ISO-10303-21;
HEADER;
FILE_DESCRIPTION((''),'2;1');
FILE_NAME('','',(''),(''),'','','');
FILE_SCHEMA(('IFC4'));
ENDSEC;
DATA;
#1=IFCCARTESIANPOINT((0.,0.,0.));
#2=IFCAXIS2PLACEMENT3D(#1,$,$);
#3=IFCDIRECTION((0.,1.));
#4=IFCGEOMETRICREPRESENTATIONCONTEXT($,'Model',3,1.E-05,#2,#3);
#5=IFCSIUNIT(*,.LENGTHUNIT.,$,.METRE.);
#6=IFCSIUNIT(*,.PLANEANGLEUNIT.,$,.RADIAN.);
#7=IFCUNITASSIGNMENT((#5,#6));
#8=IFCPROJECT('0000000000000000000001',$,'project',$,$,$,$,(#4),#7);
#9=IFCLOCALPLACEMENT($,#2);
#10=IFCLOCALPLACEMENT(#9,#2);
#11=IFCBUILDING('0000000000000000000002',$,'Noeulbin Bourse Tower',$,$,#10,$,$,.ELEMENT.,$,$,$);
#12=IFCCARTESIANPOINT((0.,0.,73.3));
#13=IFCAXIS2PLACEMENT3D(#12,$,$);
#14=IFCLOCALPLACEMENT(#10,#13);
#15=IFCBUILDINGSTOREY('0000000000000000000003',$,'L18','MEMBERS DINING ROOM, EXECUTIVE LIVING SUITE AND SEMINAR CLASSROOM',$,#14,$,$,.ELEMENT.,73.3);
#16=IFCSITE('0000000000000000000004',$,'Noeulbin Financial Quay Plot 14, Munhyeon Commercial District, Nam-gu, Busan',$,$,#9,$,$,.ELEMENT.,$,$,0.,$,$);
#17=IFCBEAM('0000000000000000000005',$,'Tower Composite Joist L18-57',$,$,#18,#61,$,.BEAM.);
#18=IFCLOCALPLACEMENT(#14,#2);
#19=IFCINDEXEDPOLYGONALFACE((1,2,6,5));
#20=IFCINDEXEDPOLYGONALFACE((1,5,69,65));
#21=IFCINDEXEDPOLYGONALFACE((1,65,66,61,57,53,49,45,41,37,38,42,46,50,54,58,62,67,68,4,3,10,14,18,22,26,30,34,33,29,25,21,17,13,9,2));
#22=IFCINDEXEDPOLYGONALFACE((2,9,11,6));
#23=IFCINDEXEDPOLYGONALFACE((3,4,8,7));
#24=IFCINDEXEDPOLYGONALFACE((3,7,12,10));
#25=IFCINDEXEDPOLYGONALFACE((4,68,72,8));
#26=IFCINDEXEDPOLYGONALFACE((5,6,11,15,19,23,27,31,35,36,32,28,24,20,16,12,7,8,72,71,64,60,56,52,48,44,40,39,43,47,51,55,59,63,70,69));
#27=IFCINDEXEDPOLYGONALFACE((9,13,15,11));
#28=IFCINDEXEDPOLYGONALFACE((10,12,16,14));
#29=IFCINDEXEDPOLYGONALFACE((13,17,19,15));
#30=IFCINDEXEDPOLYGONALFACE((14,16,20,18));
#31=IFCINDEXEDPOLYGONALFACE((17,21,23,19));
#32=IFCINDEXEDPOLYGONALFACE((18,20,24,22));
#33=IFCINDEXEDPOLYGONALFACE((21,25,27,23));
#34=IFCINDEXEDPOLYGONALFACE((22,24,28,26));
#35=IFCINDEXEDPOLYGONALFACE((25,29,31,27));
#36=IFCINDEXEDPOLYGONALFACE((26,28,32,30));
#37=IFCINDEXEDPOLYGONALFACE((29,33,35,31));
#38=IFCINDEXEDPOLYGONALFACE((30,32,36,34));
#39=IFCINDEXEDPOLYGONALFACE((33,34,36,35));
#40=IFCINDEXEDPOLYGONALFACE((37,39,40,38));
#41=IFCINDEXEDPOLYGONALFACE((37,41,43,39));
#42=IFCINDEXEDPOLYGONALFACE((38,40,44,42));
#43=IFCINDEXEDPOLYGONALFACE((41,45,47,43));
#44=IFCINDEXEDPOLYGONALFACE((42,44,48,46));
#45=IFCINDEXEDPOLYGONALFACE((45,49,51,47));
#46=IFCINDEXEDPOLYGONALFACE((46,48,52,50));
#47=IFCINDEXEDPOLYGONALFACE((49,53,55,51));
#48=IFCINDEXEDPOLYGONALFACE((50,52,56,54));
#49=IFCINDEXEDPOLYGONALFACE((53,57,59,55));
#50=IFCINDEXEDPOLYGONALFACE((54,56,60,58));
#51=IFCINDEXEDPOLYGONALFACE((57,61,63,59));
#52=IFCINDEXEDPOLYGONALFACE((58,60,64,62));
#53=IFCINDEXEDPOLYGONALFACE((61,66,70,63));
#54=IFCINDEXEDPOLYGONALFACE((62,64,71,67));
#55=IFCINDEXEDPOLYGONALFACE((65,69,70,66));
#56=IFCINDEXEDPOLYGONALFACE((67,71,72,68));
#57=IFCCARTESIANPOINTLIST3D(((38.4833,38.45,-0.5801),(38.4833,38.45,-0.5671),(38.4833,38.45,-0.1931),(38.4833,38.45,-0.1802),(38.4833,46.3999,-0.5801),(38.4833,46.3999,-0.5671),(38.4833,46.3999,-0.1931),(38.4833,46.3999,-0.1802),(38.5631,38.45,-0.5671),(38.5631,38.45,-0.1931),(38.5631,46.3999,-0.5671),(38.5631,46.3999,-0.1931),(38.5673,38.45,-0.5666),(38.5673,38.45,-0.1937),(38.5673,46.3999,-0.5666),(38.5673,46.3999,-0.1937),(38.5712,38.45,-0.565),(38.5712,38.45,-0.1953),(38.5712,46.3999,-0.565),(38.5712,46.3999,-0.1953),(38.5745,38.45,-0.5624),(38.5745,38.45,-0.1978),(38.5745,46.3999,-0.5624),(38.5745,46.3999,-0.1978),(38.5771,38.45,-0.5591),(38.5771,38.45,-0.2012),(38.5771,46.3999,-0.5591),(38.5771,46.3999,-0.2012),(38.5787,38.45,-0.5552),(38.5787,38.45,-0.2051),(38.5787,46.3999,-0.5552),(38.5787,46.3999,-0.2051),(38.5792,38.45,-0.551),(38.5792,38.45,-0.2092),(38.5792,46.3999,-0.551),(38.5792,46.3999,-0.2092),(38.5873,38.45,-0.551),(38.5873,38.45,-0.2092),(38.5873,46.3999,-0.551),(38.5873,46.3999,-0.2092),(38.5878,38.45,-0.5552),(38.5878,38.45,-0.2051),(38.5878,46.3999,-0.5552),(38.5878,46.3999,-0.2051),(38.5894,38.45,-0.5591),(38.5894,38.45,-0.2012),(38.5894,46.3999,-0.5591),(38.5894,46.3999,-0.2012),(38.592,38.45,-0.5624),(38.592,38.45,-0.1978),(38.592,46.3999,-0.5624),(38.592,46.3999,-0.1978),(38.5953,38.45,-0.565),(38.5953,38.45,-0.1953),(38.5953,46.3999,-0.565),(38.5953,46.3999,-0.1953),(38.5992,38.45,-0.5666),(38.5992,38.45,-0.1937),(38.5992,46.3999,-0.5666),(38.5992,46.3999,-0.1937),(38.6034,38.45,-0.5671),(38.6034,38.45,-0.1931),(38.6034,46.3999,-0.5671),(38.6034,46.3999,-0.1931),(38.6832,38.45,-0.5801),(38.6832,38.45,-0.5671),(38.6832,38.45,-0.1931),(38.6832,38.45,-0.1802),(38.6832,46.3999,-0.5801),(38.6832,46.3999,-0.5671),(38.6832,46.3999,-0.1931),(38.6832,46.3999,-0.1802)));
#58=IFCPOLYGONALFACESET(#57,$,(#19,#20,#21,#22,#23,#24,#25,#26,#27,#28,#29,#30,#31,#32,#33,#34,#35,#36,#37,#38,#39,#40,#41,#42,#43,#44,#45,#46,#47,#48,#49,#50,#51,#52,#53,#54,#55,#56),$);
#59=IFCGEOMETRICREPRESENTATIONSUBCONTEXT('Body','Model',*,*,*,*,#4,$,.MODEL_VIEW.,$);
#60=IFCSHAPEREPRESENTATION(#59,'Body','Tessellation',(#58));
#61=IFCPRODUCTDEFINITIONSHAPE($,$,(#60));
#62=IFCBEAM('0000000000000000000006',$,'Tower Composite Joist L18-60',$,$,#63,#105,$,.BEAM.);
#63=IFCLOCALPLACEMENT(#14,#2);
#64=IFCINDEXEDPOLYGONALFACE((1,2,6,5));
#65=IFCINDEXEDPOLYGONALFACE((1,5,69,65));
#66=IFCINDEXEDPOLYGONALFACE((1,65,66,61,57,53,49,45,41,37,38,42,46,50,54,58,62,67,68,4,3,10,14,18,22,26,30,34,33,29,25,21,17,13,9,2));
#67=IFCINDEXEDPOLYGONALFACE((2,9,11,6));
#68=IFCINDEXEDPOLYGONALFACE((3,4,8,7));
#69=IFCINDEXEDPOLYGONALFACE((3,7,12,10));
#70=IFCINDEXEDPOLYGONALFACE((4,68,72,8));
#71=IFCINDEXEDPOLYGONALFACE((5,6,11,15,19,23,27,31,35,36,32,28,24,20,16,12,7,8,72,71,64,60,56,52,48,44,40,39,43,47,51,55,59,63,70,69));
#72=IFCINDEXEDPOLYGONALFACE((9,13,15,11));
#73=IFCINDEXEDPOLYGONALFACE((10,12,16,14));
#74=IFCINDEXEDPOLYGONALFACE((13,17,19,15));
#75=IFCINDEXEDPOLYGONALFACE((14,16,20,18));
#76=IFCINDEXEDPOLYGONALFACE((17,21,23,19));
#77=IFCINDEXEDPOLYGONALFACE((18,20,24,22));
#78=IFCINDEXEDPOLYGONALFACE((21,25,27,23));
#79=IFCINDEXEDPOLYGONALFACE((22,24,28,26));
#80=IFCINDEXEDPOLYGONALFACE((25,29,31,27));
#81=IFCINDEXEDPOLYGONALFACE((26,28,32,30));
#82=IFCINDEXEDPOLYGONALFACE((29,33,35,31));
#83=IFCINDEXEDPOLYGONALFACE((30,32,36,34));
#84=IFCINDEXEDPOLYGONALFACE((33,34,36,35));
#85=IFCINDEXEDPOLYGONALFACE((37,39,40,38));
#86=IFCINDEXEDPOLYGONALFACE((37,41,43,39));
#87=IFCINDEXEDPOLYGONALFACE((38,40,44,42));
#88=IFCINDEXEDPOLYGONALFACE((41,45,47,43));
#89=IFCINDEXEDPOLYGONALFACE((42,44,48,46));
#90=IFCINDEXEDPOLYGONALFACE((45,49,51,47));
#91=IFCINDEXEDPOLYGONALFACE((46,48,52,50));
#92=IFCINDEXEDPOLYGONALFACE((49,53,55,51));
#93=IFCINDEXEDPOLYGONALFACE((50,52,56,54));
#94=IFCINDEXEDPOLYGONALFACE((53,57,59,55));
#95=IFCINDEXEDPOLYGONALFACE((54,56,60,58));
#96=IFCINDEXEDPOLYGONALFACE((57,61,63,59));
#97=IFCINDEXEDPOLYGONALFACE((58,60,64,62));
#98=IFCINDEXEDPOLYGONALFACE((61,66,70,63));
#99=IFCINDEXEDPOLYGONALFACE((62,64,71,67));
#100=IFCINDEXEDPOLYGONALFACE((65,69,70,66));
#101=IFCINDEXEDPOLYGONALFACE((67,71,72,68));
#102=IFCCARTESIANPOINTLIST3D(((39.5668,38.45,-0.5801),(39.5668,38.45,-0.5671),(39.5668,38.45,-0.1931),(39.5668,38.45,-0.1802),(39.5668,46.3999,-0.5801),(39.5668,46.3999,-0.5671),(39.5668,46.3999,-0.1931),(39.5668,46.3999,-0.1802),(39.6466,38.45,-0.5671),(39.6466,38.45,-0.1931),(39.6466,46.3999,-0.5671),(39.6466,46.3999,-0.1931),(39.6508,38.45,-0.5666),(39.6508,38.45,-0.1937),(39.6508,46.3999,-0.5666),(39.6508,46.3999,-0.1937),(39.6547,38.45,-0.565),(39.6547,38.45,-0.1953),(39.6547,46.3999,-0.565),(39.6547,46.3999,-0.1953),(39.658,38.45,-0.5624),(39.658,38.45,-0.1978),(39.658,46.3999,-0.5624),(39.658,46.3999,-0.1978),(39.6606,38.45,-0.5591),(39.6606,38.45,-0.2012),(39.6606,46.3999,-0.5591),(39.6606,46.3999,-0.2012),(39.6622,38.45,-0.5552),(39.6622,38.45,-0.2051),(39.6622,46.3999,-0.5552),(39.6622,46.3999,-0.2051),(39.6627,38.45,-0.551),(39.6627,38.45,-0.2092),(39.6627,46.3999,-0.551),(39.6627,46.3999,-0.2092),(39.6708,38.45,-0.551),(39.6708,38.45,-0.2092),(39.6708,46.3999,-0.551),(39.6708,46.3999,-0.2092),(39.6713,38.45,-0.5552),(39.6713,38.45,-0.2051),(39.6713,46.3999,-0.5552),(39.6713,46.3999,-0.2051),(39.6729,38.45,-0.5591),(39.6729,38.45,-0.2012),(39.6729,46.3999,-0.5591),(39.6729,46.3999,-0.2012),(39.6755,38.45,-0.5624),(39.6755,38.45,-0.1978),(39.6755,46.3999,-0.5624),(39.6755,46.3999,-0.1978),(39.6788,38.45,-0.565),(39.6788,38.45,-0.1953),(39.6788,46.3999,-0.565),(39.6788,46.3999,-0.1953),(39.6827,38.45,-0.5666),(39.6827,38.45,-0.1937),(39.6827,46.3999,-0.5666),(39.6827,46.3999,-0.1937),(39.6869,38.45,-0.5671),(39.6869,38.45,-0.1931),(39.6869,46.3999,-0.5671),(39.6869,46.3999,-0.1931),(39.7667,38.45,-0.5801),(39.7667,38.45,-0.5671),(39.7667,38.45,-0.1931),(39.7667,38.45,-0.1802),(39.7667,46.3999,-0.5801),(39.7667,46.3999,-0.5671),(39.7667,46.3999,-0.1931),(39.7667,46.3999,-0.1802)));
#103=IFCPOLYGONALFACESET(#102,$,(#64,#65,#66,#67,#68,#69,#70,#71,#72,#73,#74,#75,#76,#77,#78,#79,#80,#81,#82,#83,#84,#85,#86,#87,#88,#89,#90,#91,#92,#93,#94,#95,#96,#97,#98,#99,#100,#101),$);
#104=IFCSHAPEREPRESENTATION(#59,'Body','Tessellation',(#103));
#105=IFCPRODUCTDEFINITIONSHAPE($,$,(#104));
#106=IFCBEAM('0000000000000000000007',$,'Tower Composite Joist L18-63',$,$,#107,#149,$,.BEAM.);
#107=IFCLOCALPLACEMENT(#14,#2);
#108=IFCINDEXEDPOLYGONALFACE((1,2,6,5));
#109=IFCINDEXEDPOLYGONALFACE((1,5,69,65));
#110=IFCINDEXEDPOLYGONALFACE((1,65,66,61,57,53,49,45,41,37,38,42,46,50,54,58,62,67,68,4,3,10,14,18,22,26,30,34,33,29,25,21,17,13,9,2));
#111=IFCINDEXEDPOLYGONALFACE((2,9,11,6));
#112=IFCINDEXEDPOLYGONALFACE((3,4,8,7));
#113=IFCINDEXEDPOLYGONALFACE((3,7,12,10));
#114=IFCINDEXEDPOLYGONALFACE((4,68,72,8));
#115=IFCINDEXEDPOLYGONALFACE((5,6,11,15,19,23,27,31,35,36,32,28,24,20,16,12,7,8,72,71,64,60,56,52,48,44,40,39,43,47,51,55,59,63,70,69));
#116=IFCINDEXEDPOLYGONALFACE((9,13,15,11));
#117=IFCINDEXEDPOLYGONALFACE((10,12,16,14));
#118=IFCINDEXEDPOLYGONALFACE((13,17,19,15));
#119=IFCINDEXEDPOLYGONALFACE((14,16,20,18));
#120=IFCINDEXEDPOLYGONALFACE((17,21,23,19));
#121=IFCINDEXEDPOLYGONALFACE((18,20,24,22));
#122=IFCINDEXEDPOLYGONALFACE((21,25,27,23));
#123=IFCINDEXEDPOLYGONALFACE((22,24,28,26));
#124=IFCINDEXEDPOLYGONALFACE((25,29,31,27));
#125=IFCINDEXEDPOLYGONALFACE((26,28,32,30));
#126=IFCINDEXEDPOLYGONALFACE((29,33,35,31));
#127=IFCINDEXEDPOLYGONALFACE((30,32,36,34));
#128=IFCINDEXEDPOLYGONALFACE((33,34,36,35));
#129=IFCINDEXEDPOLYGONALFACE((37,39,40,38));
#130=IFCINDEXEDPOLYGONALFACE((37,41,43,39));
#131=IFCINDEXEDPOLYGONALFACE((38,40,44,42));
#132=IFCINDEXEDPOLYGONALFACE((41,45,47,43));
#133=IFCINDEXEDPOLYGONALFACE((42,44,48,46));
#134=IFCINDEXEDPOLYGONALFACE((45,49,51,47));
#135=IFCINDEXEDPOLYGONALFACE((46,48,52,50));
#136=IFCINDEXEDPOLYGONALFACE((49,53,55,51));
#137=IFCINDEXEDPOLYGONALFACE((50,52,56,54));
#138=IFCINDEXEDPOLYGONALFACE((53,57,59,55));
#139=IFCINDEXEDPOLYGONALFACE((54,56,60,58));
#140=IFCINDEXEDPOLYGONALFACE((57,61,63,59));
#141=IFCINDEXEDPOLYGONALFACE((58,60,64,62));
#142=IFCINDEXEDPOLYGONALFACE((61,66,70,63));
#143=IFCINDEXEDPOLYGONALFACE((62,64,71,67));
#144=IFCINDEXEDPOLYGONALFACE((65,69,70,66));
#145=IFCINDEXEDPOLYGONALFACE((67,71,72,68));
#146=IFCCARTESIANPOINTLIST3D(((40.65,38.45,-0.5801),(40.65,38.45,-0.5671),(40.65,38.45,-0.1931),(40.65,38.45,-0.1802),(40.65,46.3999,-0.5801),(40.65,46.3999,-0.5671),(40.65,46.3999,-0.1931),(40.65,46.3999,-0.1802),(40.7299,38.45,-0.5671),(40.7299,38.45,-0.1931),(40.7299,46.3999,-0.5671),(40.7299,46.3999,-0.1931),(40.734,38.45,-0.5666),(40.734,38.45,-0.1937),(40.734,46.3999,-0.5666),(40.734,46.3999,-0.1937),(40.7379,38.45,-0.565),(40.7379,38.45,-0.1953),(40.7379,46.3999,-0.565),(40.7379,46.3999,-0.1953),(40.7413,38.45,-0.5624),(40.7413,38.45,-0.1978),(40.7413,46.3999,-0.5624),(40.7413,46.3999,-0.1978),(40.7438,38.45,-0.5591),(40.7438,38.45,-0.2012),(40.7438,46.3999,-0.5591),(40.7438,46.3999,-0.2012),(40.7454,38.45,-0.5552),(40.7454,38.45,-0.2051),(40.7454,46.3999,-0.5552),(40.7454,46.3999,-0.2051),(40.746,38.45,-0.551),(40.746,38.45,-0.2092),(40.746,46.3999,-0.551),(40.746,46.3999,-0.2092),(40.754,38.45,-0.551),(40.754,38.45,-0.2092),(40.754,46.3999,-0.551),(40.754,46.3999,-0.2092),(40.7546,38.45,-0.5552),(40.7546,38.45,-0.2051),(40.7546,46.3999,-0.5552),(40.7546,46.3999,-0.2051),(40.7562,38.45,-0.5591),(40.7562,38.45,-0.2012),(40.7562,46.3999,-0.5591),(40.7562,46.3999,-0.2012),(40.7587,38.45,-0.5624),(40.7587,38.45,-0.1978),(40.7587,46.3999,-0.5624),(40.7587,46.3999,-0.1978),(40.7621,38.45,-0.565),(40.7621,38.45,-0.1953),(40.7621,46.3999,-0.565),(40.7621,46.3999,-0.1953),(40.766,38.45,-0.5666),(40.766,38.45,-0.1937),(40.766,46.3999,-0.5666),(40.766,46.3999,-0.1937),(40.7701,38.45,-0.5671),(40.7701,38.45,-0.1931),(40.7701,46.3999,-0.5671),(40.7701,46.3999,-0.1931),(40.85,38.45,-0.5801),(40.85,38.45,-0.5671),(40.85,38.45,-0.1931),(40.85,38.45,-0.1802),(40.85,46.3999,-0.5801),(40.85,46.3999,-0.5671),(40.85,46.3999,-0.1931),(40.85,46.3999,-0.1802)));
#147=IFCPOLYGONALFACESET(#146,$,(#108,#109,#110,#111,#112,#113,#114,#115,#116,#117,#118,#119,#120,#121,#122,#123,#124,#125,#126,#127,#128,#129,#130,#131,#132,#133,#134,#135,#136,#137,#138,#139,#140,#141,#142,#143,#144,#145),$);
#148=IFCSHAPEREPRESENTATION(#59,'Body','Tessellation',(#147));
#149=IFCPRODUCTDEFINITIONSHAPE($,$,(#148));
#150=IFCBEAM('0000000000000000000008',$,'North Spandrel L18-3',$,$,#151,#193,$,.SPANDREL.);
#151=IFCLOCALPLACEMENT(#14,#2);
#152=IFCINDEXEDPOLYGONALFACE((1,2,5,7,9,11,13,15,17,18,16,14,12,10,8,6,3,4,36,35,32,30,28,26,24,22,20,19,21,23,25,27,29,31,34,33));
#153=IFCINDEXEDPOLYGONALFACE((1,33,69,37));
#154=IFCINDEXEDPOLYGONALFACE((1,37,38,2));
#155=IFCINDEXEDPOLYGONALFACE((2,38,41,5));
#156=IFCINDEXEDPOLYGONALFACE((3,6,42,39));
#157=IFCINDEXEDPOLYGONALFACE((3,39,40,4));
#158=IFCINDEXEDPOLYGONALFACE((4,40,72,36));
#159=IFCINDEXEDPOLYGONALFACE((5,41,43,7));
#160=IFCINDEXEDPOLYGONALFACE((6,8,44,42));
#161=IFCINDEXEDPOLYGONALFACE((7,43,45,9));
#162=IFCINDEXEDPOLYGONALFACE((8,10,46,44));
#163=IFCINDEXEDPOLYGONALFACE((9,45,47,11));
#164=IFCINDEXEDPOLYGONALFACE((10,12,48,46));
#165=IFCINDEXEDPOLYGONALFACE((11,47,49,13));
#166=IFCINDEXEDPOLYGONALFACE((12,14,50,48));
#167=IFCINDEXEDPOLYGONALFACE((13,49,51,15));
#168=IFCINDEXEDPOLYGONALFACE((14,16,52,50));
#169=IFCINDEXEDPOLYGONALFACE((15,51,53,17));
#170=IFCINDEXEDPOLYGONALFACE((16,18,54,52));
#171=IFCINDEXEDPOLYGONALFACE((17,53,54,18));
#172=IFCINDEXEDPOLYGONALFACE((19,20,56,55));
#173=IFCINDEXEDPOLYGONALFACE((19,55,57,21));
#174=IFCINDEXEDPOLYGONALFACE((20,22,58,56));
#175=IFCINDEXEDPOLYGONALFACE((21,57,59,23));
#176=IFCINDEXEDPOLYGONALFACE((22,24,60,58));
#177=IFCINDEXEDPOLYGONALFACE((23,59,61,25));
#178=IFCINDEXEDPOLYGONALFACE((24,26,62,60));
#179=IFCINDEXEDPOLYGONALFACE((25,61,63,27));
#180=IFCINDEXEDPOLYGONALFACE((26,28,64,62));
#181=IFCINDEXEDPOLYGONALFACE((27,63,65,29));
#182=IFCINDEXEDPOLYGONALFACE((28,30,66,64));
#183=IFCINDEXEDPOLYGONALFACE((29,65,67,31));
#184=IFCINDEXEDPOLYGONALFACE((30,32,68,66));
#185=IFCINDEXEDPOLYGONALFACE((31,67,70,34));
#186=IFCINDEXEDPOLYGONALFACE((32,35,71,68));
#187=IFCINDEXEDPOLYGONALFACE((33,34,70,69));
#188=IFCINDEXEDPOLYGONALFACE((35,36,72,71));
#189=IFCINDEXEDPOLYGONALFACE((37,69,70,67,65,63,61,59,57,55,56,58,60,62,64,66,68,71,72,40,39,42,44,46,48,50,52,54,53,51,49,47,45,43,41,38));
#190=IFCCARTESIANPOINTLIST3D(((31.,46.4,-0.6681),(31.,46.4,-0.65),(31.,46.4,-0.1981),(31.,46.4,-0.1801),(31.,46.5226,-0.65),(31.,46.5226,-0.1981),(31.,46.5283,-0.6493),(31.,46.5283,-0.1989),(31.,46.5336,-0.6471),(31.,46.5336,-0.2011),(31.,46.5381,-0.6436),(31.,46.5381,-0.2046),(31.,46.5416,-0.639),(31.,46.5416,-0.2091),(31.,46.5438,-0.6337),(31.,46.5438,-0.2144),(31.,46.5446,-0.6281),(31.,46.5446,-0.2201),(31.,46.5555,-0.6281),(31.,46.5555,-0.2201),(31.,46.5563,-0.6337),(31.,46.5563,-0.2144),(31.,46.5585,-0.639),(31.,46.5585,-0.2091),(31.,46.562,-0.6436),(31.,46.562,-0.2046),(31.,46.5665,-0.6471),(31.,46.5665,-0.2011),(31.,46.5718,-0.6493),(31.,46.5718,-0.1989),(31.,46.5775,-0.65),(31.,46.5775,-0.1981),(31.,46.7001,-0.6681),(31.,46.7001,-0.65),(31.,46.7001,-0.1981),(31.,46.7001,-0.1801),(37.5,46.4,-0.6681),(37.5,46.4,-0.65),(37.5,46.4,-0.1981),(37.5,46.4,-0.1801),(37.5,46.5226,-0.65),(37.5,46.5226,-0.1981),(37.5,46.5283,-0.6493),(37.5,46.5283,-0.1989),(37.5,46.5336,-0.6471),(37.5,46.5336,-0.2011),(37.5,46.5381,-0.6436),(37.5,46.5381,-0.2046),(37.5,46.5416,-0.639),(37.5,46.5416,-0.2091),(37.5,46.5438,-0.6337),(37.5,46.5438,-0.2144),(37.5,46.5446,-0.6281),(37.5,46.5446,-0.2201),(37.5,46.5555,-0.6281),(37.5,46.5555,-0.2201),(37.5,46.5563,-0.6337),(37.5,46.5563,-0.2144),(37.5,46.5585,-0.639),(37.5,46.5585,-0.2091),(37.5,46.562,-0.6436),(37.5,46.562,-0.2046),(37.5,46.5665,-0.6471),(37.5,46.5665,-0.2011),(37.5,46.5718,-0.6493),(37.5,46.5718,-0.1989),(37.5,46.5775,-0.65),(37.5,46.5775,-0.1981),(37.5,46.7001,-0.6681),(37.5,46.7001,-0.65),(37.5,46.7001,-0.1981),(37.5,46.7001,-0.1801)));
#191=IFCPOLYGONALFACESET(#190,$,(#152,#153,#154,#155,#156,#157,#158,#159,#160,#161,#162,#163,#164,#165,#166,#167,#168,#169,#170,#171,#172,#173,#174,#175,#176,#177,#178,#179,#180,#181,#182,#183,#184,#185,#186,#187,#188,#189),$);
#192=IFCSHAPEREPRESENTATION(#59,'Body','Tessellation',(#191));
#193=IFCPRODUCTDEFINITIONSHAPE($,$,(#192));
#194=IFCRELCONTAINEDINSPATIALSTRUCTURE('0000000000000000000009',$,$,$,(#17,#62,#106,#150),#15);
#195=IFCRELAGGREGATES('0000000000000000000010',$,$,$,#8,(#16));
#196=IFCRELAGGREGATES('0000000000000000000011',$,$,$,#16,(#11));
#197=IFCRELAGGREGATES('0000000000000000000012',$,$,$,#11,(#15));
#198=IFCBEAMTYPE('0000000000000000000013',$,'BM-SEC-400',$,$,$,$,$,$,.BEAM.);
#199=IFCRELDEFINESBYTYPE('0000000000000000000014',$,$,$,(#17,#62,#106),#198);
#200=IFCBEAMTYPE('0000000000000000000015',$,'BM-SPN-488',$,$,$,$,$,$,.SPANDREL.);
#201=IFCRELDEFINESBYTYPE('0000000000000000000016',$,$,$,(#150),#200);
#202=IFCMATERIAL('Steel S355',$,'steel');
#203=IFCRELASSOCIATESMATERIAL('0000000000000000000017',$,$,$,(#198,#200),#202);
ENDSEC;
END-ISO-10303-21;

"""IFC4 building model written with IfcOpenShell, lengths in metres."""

from ifc_helpers import new_model, si_unit, direction, frame, origin, origin_2d, place, context, subcontext, project, spatial, i_section, extrude, material, material_profile, profile_set, type_object, element, save


model = new_model("IFC4")

# Units and contexts
model_context = context("Model", 3, precision=1e-05, world=origin(), true_north=direction((0.0, 1.0)))
body_context = subcontext(model_context, "Body", "Model", "MODEL_VIEW")
ifc_project = project(units=[si_unit("LENGTHUNIT", "METRE"), si_unit("PLANEANGLEUNIT", "RADIAN")], contexts=[model_context])

# Site, building, storey
site_placement = place(None, origin())
site = spatial("IfcSite", under=ifc_project, at=site_placement, Name="Noeulbin Financial Quay Plot 14, Munhyeon Commercial District, Nam-gu, Busan", CompositionType="ELEMENT", RefElevation=0.0)
building_placement = place(site_placement, origin())
building = spatial("IfcBuilding", under=site, at=building_placement, Name="Noeulbin Bourse Tower", CompositionType="ELEMENT")
storey_placement = place(building_placement, frame((0.0, 0.0, 73.3)))
storey = spatial("IfcBuildingStorey", under=building, at=storey_placement, Name="L18", Description="MEMBERS DINING ROOM, EXECUTIVE LIVING SUITE AND SEMINAR CLASSROOM", CompositionType="ELEMENT", Elevation=73.3)

# Beams
ifc_material_1 = material(Name="Steel S355", Category="steel")
ifc_material_profile_1 = material_profile(ifc_material_1, i_section(OverallWidth=0.2, OverallDepth=0.3999, WebThickness=0.0081, FlangeThickness=0.0129, FilletRadius=0.0161, at=origin_2d()), Name="H-400x200x8x13", Category="LoadBearing")
ifc_profile_set_1 = profile_set([ifc_material_profile_1], Name="Steel S355")
beam_type_1 = type_object("IfcBeamType", Name="BM-SEC-400", PredefinedType="BEAM", material=ifc_profile_set_1)
for number, where, z_axis, x_axis, name in (
    (1, (38.5833, 38.45, -0.3801), (0.0, 1.0, 0.0), (-1.0, 0.0, 0.0), "Tower Composite Joist L18-57"),
    (2, (39.6667, 38.45, -0.3801), (0.0, 1.0, 0.0), (-1.0, 0.0, 0.0), "Tower Composite Joist L18-60"),
    (3, (40.75, 38.45, -0.3801), (0.0, 1.0, 0.0), (-1.0, 0.0, 0.0), "Tower Composite Joist L18-63"),
):
    element("IfcBeam", number, at=place(storey_placement, frame(where, z_axis=z_axis, x_axis=x_axis)), inside=storey, type_object=beam_type_1, Name=name, PredefinedType="BEAM", context=body_context, shape_type="SweptSolid", body=[
        extrude(i_section(OverallWidth=0.2, OverallDepth=0.3999, WebThickness=0.0081, FlangeThickness=0.0129, FilletRadius=0.0161, at=origin_2d()), origin(), (0.0, 0.0, 1.0), 7.95),
    ])
ifc_material_profile_2 = material_profile(ifc_material_1, i_section(OverallWidth=0.3, OverallDepth=0.488, WebThickness=0.011, FlangeThickness=0.0181, FilletRadius=0.022, at=origin_2d()), Name="H-488x300x11x18", Category="LoadBearing")
ifc_profile_set_2 = profile_set([ifc_material_profile_2], Name="Steel S355")
beam_type_2 = type_object("IfcBeamType", Name="BM-SPN-488", PredefinedType="SPANDREL", material=ifc_profile_set_2)
for number, where, z_axis, x_axis, name in (
    (4, (31.0, 46.55, -0.4241), (1.0, 0.0, 0.0), (0.0, 1.0, 0.0), "North Spandrel L18-3"),
):
    element("IfcBeam", number, at=place(storey_placement, frame(where, z_axis=z_axis, x_axis=x_axis)), inside=storey, type_object=beam_type_2, Name=name, PredefinedType="SPANDREL", context=body_context, shape_type="SweptSolid", body=[
        extrude(i_section(OverallWidth=0.3, OverallDepth=0.488, WebThickness=0.011, FlangeThickness=0.0181, FilletRadius=0.022, at=origin_2d()), origin(), (0.0, 0.0, 1.0), 6.5),
    ])

save(model, "model.ifc")
